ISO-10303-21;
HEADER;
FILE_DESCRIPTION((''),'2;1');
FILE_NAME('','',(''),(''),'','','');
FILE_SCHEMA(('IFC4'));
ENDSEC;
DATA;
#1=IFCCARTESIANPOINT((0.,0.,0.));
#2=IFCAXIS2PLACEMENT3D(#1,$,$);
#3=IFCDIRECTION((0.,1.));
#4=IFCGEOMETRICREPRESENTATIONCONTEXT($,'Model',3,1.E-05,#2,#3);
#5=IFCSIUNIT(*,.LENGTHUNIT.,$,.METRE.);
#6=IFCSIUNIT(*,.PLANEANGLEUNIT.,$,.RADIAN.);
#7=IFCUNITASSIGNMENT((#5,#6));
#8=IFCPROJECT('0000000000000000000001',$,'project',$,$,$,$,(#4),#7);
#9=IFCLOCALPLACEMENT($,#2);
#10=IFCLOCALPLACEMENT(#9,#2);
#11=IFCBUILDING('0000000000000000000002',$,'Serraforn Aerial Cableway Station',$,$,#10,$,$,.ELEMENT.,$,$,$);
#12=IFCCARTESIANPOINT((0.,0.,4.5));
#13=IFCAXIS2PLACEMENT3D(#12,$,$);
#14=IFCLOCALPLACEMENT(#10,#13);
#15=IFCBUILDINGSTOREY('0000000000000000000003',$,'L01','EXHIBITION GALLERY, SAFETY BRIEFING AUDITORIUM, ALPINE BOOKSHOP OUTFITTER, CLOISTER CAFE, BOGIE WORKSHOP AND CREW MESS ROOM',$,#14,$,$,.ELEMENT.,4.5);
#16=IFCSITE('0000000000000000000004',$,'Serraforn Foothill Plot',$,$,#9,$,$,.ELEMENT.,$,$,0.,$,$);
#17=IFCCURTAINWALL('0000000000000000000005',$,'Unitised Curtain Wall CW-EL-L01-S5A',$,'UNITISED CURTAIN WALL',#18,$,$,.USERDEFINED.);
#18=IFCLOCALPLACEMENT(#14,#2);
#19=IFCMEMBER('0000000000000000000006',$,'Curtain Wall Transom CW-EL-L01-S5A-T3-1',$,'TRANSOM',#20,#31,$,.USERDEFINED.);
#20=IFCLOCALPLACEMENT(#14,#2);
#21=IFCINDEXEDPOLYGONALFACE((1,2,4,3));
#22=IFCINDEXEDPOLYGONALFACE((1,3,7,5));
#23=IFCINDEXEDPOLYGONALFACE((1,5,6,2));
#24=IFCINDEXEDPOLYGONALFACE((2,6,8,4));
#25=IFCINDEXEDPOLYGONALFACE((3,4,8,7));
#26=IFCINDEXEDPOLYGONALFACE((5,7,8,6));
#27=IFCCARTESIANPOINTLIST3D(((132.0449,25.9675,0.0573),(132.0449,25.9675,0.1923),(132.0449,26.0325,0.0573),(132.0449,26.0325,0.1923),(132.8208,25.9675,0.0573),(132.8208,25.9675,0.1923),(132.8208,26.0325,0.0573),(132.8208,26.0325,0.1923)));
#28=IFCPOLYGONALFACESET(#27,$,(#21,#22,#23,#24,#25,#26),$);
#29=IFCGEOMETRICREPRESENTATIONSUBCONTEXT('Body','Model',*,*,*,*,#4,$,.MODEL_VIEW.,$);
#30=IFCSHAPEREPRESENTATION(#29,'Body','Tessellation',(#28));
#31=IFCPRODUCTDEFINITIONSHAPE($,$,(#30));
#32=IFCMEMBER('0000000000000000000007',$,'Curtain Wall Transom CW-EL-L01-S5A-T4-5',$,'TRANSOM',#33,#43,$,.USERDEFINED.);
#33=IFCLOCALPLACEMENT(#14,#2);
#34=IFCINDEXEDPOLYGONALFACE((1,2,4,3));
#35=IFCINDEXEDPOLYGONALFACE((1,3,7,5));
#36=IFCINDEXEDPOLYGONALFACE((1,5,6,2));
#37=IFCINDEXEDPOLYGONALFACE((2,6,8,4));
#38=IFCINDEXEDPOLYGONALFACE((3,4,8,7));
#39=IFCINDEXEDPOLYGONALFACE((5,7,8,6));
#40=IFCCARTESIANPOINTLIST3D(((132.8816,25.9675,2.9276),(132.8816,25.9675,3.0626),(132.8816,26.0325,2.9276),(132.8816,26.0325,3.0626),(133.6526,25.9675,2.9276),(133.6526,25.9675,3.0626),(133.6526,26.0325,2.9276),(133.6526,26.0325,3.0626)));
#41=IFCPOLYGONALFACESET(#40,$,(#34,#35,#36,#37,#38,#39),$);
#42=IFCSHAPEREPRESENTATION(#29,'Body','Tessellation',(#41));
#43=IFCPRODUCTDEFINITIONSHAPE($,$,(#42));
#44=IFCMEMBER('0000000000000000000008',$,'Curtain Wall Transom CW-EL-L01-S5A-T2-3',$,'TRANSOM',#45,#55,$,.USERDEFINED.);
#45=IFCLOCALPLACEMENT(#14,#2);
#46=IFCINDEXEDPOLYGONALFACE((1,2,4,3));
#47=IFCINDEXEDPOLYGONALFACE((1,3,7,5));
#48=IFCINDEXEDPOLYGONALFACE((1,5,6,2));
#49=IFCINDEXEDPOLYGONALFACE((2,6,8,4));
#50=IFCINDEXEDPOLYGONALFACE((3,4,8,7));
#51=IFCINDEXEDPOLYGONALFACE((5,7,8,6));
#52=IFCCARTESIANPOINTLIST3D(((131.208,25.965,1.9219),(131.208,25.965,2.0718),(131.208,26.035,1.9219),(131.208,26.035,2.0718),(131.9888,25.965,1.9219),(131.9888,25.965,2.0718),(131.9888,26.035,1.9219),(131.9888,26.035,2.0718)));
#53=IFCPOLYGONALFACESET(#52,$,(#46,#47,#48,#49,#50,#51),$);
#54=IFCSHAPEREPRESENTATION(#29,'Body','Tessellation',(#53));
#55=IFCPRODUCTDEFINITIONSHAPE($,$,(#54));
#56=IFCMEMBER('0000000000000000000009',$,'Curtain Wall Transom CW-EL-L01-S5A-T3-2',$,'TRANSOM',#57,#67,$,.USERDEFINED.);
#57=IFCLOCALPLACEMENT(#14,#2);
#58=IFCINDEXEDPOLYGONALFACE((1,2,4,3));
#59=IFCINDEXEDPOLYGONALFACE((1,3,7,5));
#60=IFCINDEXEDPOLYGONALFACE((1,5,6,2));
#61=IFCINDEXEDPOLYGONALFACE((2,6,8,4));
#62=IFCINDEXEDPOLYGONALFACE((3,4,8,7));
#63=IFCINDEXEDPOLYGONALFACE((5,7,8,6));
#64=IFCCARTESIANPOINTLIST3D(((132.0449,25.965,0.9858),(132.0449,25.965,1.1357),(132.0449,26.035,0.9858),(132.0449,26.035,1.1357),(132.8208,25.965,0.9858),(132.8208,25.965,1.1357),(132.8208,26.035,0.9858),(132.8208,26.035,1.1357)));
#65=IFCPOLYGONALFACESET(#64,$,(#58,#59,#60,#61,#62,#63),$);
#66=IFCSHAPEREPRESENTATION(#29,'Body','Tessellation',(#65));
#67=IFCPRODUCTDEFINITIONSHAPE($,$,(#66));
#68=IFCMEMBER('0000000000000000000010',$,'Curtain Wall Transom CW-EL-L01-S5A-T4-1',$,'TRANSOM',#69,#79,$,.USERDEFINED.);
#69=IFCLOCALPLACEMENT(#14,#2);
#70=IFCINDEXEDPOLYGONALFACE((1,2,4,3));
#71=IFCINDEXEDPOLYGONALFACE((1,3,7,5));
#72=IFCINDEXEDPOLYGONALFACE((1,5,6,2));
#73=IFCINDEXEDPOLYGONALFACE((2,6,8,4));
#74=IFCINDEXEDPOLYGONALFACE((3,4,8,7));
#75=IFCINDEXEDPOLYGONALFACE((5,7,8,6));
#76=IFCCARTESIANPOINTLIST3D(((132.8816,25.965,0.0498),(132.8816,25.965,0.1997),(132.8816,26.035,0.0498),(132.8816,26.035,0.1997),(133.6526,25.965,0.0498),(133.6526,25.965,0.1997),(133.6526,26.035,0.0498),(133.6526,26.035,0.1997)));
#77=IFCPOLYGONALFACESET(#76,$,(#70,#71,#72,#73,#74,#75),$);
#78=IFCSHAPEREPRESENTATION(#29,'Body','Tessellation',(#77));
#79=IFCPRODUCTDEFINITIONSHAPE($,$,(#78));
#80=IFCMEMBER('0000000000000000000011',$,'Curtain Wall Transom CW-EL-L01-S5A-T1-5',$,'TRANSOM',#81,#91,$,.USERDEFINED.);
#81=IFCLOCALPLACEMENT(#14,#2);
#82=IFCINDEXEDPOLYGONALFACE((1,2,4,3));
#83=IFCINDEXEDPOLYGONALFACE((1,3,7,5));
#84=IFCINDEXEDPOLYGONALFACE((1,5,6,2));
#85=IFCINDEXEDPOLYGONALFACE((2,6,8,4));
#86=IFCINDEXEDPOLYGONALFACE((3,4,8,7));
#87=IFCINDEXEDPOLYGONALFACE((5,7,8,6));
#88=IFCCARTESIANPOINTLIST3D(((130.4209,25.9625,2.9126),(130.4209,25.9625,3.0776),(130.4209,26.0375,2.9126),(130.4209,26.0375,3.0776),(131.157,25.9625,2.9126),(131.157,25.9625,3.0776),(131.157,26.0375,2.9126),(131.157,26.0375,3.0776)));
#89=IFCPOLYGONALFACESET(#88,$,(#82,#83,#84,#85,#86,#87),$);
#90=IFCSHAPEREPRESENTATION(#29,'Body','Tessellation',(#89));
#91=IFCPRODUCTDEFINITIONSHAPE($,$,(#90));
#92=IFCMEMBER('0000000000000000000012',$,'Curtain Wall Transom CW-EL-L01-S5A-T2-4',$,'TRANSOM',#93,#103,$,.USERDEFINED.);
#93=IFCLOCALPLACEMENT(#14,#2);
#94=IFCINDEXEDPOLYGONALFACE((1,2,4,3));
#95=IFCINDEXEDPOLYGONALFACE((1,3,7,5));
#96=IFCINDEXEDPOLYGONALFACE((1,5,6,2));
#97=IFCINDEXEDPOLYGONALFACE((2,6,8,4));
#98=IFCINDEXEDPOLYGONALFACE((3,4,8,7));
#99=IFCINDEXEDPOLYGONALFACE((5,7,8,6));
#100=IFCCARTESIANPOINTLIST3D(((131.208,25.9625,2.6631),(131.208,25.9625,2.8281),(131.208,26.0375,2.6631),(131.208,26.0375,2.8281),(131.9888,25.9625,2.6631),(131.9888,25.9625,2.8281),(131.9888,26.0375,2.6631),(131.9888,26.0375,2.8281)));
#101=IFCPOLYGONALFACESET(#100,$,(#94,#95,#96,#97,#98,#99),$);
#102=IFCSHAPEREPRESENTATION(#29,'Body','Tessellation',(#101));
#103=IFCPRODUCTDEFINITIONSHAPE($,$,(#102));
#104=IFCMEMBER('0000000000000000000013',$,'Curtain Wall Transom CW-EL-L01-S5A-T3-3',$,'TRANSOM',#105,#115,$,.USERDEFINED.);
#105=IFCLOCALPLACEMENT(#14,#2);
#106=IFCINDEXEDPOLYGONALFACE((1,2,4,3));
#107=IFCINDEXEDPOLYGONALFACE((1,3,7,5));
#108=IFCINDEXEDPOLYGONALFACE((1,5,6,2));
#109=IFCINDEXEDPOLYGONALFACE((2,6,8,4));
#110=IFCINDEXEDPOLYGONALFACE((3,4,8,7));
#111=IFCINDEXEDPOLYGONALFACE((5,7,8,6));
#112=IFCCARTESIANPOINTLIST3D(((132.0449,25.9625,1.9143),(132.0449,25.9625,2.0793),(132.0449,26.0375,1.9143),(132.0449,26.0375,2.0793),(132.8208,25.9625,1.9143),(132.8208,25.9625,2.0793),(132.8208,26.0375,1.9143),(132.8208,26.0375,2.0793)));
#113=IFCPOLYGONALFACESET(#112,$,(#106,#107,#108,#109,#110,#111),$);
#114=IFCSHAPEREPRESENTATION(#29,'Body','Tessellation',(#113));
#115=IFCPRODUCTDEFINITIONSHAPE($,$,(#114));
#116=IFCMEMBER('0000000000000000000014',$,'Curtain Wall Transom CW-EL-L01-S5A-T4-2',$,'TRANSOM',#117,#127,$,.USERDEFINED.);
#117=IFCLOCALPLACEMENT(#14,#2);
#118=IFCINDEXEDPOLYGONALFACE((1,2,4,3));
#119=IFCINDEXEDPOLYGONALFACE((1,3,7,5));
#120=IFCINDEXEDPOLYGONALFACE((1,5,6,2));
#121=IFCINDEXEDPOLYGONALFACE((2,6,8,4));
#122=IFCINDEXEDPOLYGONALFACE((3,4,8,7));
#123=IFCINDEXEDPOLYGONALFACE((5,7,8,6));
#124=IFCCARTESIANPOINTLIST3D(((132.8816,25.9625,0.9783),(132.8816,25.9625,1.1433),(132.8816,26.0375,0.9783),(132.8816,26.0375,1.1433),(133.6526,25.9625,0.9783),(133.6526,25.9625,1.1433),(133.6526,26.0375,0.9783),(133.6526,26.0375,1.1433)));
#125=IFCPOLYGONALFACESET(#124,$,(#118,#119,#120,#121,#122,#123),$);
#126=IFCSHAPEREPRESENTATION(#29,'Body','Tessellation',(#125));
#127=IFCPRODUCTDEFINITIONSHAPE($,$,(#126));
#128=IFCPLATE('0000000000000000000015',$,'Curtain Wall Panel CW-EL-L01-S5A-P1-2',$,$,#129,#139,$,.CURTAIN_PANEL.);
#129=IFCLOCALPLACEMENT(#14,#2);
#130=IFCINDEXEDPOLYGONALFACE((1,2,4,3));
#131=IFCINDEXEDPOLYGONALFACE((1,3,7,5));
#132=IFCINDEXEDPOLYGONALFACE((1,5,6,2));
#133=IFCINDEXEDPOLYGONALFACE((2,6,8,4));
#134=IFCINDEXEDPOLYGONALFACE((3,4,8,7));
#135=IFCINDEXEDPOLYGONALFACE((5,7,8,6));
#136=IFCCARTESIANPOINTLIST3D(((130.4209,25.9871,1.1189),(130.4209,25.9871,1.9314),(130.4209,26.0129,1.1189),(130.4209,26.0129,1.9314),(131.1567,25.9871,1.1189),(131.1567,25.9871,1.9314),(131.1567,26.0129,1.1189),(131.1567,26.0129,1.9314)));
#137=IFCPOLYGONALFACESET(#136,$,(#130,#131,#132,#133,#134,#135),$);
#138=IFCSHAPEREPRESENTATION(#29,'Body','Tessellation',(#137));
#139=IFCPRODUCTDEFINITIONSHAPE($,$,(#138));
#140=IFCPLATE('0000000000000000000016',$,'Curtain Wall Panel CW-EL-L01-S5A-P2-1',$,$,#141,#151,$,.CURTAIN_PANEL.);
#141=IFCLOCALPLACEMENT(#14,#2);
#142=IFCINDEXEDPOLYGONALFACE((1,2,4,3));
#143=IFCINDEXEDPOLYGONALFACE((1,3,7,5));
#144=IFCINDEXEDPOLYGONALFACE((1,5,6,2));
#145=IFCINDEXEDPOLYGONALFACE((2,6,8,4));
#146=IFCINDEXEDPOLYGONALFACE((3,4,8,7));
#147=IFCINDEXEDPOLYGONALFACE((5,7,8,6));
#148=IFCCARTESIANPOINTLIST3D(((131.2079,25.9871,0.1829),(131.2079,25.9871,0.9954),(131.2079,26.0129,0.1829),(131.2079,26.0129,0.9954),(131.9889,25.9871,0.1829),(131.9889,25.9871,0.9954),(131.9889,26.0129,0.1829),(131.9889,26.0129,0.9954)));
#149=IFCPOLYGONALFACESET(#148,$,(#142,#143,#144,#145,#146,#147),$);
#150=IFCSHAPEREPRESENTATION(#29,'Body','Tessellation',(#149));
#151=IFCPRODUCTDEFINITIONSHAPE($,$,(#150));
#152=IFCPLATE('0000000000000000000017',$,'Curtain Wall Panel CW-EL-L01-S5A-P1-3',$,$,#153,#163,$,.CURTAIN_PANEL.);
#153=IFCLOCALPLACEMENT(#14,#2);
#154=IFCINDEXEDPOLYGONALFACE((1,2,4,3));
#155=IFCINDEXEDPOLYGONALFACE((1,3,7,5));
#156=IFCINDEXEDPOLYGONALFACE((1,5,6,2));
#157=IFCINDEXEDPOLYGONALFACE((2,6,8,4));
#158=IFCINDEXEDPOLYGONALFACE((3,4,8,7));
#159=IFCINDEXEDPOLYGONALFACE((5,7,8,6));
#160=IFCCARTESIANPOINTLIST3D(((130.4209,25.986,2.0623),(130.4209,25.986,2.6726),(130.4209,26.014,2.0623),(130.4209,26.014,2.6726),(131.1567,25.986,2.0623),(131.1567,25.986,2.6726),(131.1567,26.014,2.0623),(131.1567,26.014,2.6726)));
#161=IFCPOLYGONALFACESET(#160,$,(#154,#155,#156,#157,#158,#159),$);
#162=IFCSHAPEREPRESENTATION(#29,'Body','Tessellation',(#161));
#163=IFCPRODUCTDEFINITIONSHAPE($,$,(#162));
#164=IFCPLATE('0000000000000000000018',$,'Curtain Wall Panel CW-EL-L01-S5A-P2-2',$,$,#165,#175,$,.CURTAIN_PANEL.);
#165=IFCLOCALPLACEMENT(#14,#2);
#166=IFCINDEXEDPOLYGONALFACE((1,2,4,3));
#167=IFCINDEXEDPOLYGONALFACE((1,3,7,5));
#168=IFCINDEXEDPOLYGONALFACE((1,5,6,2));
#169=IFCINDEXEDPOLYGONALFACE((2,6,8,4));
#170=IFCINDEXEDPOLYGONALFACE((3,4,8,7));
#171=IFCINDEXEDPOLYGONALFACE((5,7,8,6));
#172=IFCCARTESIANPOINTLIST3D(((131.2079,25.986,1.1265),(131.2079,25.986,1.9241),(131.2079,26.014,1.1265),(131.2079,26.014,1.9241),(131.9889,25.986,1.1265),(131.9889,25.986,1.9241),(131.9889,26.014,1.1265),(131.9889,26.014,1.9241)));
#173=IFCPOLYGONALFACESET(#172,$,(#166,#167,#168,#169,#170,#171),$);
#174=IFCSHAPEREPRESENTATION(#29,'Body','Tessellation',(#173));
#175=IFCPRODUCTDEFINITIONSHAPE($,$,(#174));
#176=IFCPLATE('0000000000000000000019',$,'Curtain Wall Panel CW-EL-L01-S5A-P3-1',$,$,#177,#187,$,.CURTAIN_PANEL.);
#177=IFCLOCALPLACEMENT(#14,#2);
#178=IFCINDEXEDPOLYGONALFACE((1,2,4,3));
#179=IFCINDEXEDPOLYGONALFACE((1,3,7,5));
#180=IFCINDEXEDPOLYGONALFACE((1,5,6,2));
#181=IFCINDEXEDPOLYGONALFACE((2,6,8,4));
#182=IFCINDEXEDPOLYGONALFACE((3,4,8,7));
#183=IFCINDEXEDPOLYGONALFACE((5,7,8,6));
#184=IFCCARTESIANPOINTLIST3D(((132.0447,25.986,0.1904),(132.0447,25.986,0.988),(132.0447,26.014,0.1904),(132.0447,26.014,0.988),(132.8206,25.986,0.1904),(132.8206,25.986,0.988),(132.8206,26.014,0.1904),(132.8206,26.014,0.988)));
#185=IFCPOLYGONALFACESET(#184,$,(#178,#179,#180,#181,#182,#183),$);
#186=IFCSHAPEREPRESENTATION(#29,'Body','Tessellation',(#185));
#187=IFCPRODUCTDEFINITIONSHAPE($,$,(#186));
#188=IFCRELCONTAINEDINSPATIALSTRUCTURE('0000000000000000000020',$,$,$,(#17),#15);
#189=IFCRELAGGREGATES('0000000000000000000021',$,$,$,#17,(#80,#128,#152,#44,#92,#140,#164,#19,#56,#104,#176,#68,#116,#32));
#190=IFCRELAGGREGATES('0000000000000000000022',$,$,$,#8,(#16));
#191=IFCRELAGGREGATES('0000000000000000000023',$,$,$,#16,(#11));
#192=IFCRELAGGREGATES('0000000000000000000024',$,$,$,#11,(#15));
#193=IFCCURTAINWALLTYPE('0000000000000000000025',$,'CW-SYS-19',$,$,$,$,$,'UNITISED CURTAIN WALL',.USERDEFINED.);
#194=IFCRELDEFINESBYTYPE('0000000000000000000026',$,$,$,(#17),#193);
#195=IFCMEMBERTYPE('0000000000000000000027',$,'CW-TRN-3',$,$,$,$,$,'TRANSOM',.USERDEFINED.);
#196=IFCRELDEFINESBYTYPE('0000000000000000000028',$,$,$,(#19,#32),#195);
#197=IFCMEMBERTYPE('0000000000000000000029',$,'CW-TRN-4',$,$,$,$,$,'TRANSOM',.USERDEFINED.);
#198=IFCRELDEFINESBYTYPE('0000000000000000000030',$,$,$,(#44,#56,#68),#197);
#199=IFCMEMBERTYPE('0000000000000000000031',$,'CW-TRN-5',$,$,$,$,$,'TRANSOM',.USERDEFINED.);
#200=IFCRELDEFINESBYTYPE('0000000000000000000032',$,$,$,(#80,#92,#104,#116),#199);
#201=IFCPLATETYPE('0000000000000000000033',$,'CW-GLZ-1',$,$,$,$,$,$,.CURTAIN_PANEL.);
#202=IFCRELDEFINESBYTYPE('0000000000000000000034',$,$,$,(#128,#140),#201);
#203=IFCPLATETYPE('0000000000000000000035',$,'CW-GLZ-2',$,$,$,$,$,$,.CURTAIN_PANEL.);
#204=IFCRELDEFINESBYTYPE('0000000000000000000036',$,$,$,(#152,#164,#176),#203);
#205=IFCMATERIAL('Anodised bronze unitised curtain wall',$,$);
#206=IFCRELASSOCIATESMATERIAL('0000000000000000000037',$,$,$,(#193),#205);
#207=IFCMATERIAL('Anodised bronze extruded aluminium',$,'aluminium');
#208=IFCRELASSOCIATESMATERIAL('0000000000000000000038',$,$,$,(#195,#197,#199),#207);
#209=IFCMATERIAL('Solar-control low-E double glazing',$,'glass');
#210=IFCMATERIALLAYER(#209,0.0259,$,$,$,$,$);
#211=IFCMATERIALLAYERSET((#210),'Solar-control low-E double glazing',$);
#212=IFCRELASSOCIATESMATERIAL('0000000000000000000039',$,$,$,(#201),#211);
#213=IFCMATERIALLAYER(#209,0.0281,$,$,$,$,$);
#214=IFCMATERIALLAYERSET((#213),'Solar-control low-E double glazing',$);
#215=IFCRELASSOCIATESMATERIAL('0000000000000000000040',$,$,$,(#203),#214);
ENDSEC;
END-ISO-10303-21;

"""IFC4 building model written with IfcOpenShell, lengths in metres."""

from ifc_helpers import new_model, si_unit, direction, frame, origin, origin_2d, place, context, subcontext, project, spatial, rectangle, extrude, material, layer, layer_set, material_profile, profile_set, type_object, element, aggregate, save


model = new_model("IFC4")

# Units and contexts
model_context = context("Model", 3, precision=1e-05, world=origin(), true_north=direction((0.0, 1.0)))
body_context = subcontext(model_context, "Body", "Model", "MODEL_VIEW")
ifc_project = project(units=[si_unit("LENGTHUNIT", "METRE"), si_unit("PLANEANGLEUNIT", "RADIAN")], contexts=[model_context])

# Site, building, storey
site_placement = place(None, origin())
site = spatial("IfcSite", under=ifc_project, at=site_placement, Name="Serraforn Foothill Plot", CompositionType="ELEMENT", RefElevation=0.0)
building_placement = place(site_placement, origin())
building = spatial("IfcBuilding", under=site, at=building_placement, Name="Serraforn Aerial Cableway Station", CompositionType="ELEMENT")
storey_placement = place(building_placement, frame((0.0, 0.0, 4.5)))
storey = spatial("IfcBuildingStorey", under=building, at=storey_placement, Name="L01", Description="EXHIBITION GALLERY, SAFETY BRIEFING AUDITORIUM, ALPINE BOOKSHOP OUTFITTER, CLOISTER CAFE, BOGIE WORKSHOP AND CREW MESS ROOM", CompositionType="ELEMENT", Elevation=4.5)

# Curtain wall, members, plates
ifc_material_1 = material(Name="Anodised bronze unitised curtain wall")
curtain_wall_type = type_object("IfcCurtainWallType", Name="CW-SYS-19", ElementType="UNITISED CURTAIN WALL", PredefinedType="USERDEFINED", material=ifc_material_1)
curtain_wall_placement = place(storey_placement, origin())
curtain_wall = element("IfcCurtainWall", 1, at=curtain_wall_placement, inside=storey, type_object=curtain_wall_type, Name="Unitised Curtain Wall CW-EL-L01-S5A", ObjectType="UNITISED CURTAIN WALL", PredefinedType="USERDEFINED")
ifc_material_2 = material(Name="Anodised bronze extruded aluminium", Category="aluminium")
ifc_material_profile_1 = material_profile(ifc_material_2, rectangle(XDim=0.0649, YDim=0.135, at=origin_2d()), Name="CW TRANSOM 65x135")
ifc_profile_set_1 = profile_set([ifc_material_profile_1], Name="Anodised bronze extruded aluminium")
member_type_1 = type_object("IfcMemberType", Name="CW-TRN-3", ElementType="TRANSOM", PredefinedType="USERDEFINED", material=ifc_profile_set_1)
member_1_placement = place(storey_placement, frame((132.0449, 26.0, 0.1248), z_axis=(1.0, 0.0, 0.0), x_axis=(0.0, 1.0, 0.0)))
member_1 = element("IfcMember", 2, at=member_1_placement, type_object=member_type_1, Name="Curtain Wall Transom CW-EL-L01-S5A-T3-1", ObjectType="TRANSOM", PredefinedType="USERDEFINED", context=body_context, shape_type="SweptSolid", body=[
    extrude(rectangle(XDim=0.0649, YDim=0.135, at=origin_2d()), origin(), (0.0, 0.0, 1.0), 0.7759),
])
member_2_placement = place(storey_placement, frame((132.8816, 26.0, 2.9951), z_axis=(1.0, 0.0, 0.0), x_axis=(0.0, 1.0, 0.0)))
member_2 = element("IfcMember", 3, at=member_2_placement, type_object=member_type_1, Name="Curtain Wall Transom CW-EL-L01-S5A-T4-5", ObjectType="TRANSOM", PredefinedType="USERDEFINED", context=body_context, shape_type="SweptSolid", body=[
    extrude(rectangle(XDim=0.0649, YDim=0.135, at=origin_2d()), origin(), (0.0, 0.0, 1.0), 0.771),
])
ifc_material_profile_2 = material_profile(ifc_material_2, rectangle(XDim=0.0701, YDim=0.1499, at=origin_2d()), Name="CW TRANSOM 70x150")
ifc_profile_set_2 = profile_set([ifc_material_profile_2], Name="Anodised bronze extruded aluminium")
member_type_2 = type_object("IfcMemberType", Name="CW-TRN-4", ElementType="TRANSOM", PredefinedType="USERDEFINED", material=ifc_profile_set_2)
member_3_placement = place(storey_placement, frame((131.208, 26.0, 1.9968), z_axis=(1.0, 0.0, 0.0), x_axis=(0.0, 1.0, 0.0)))
member_3 = element("IfcMember", 4, at=member_3_placement, type_object=member_type_2, Name="Curtain Wall Transom CW-EL-L01-S5A-T2-3", ObjectType="TRANSOM", PredefinedType="USERDEFINED", context=body_context, shape_type="SweptSolid", body=[
    extrude(rectangle(XDim=0.0701, YDim=0.1499, at=origin_2d()), origin(), (0.0, 0.0, 1.0), 0.7808),
])
member_4_placement = place(storey_placement, frame((132.0449, 26.0, 1.0608), z_axis=(1.0, 0.0, 0.0), x_axis=(0.0, 1.0, 0.0)))
member_4 = element("IfcMember", 5, at=member_4_placement, type_object=member_type_2, Name="Curtain Wall Transom CW-EL-L01-S5A-T3-2", ObjectType="TRANSOM", PredefinedType="USERDEFINED", context=body_context, shape_type="SweptSolid", body=[
    extrude(rectangle(XDim=0.0701, YDim=0.1499, at=origin_2d()), origin(), (0.0, 0.0, 1.0), 0.7759),
])
member_5_placement = place(storey_placement, frame((132.8816, 26.0, 0.1248), z_axis=(1.0, 0.0, 0.0), x_axis=(0.0, 1.0, 0.0)))
member_5 = element("IfcMember", 6, at=member_5_placement, type_object=member_type_2, Name="Curtain Wall Transom CW-EL-L01-S5A-T4-1", ObjectType="TRANSOM", PredefinedType="USERDEFINED", context=body_context, shape_type="SweptSolid", body=[
    extrude(rectangle(XDim=0.0701, YDim=0.1499, at=origin_2d()), origin(), (0.0, 0.0, 1.0), 0.771),
])
ifc_material_profile_3 = material_profile(ifc_material_2, rectangle(XDim=0.075, YDim=0.165, at=origin_2d()), Name="CW TRANSOM 75x165")
ifc_profile_set_3 = profile_set([ifc_material_profile_3], Name="Anodised bronze extruded aluminium")
member_type_3 = type_object("IfcMemberType", Name="CW-TRN-5", ElementType="TRANSOM", PredefinedType="USERDEFINED", material=ifc_profile_set_3)
member_6_placement = place(storey_placement, frame((130.4209, 26.0, 2.9951), z_axis=(1.0, 0.0, 0.0), x_axis=(0.0, 1.0, 0.0)))
member_6 = element("IfcMember", 7, at=member_6_placement, type_object=member_type_3, Name="Curtain Wall Transom CW-EL-L01-S5A-T1-5", ObjectType="TRANSOM", PredefinedType="USERDEFINED", context=body_context, shape_type="SweptSolid", body=[
    extrude(rectangle(XDim=0.075, YDim=0.165, at=origin_2d()), origin(), (0.0, 0.0, 1.0), 0.7361),
])
member_7_placement = place(storey_placement, frame((131.208, 26.0, 2.7456), z_axis=(1.0, 0.0, 0.0), x_axis=(0.0, 1.0, 0.0)))
member_7 = element("IfcMember", 8, at=member_7_placement, type_object=member_type_3, Name="Curtain Wall Transom CW-EL-L01-S5A-T2-4", ObjectType="TRANSOM", PredefinedType="USERDEFINED", context=body_context, shape_type="SweptSolid", body=[
    extrude(rectangle(XDim=0.075, YDim=0.165, at=origin_2d()), origin(), (0.0, 0.0, 1.0), 0.7808),
])
member_8_placement = place(storey_placement, frame((132.0449, 26.0, 1.9968), z_axis=(1.0, 0.0, 0.0), x_axis=(0.0, 1.0, 0.0)))
member_8 = element("IfcMember", 9, at=member_8_placement, type_object=member_type_3, Name="Curtain Wall Transom CW-EL-L01-S5A-T3-3", ObjectType="TRANSOM", PredefinedType="USERDEFINED", context=body_context, shape_type="SweptSolid", body=[
    extrude(rectangle(XDim=0.075, YDim=0.165, at=origin_2d()), origin(), (0.0, 0.0, 1.0), 0.7759),
])
member_9_placement = place(storey_placement, frame((132.8816, 26.0, 1.0608), z_axis=(1.0, 0.0, 0.0), x_axis=(0.0, 1.0, 0.0)))
member_9 = element("IfcMember", 10, at=member_9_placement, type_object=member_type_3, Name="Curtain Wall Transom CW-EL-L01-S5A-T4-2", ObjectType="TRANSOM", PredefinedType="USERDEFINED", context=body_context, shape_type="SweptSolid", body=[
    extrude(rectangle(XDim=0.075, YDim=0.165, at=origin_2d()), origin(), (0.0, 0.0, 1.0), 0.771),
])
ifc_material_3 = material(Name="Solar-control low-E double glazing", Category="glass")
ifc_layer_1 = layer(ifc_material_3, 0.0259)
ifc_layer_set_1 = layer_set([ifc_layer_1], Name="Solar-control low-E double glazing")
plate_type_1 = type_object("IfcPlateType", Name="CW-GLZ-1", PredefinedType="CURTAIN_PANEL", material=ifc_layer_set_1)
plate_1_placement = place(storey_placement, frame((130.7888, 26.0, 1.1189), z_axis=(0.0, 0.0, 1.0), x_axis=(1.0, 0.0, 0.0)))
plate_1 = element("IfcPlate", 11, at=plate_1_placement, type_object=plate_type_1, Name="Curtain Wall Panel CW-EL-L01-S5A-P1-2", PredefinedType="CURTAIN_PANEL", context=body_context, shape_type="SweptSolid", body=[
    extrude(rectangle(XDim=0.7358, YDim=0.0259, at=origin_2d()), origin(), (0.0, 0.0, 1.0), 0.8125),
])
plate_2_placement = place(storey_placement, frame((131.5984, 26.0, 0.1829), z_axis=(0.0, 0.0, 1.0), x_axis=(1.0, 0.0, 0.0)))
plate_2 = element("IfcPlate", 12, at=plate_2_placement, type_object=plate_type_1, Name="Curtain Wall Panel CW-EL-L01-S5A-P2-1", PredefinedType="CURTAIN_PANEL", context=body_context, shape_type="SweptSolid", body=[
    extrude(rectangle(XDim=0.781, YDim=0.0259, at=origin_2d()), origin(), (0.0, 0.0, 1.0), 0.8125),
])
ifc_layer_2 = layer(ifc_material_3, 0.0281)
ifc_layer_set_2 = layer_set([ifc_layer_2], Name="Solar-control low-E double glazing")
plate_type_2 = type_object("IfcPlateType", Name="CW-GLZ-2", PredefinedType="CURTAIN_PANEL", material=ifc_layer_set_2)
plate_3_placement = place(storey_placement, frame((130.7888, 26.0, 2.0623), z_axis=(0.0, 0.0, 1.0), x_axis=(1.0, 0.0, 0.0)))
plate_3 = element("IfcPlate", 13, at=plate_3_placement, type_object=plate_type_2, Name="Curtain Wall Panel CW-EL-L01-S5A-P1-3", PredefinedType="CURTAIN_PANEL", context=body_context, shape_type="SweptSolid", body=[
    extrude(rectangle(XDim=0.7358, YDim=0.0281, at=origin_2d()), origin(), (0.0, 0.0, 1.0), 0.6104),
])
plate_4_placement = place(storey_placement, frame((131.5984, 26.0, 1.1265), z_axis=(0.0, 0.0, 1.0), x_axis=(1.0, 0.0, 0.0)))
plate_4 = element("IfcPlate", 14, at=plate_4_placement, type_object=plate_type_2, Name="Curtain Wall Panel CW-EL-L01-S5A-P2-2", PredefinedType="CURTAIN_PANEL", context=body_context, shape_type="SweptSolid", body=[
    extrude(rectangle(XDim=0.781, YDim=0.0281, at=origin_2d()), origin(), (0.0, 0.0, 1.0), 0.7976),
])
plate_5_placement = place(storey_placement, frame((132.4326, 26.0, 0.1904), z_axis=(0.0, 0.0, 1.0), x_axis=(1.0, 0.0, 0.0)))
plate_5 = element("IfcPlate", 15, at=plate_5_placement, type_object=plate_type_2, Name="Curtain Wall Panel CW-EL-L01-S5A-P3-1", PredefinedType="CURTAIN_PANEL", context=body_context, shape_type="SweptSolid", body=[
    extrude(rectangle(XDim=0.7759, YDim=0.0281, at=origin_2d()), origin(), (0.0, 0.0, 1.0), 0.7976),
])
aggregate(curtain_wall, [member_6, plate_1, plate_3, member_3, member_7, plate_2, plate_4, member_1, member_4, member_8, plate_5, member_5, member_9, member_2])

save(model, "model.ifc")
